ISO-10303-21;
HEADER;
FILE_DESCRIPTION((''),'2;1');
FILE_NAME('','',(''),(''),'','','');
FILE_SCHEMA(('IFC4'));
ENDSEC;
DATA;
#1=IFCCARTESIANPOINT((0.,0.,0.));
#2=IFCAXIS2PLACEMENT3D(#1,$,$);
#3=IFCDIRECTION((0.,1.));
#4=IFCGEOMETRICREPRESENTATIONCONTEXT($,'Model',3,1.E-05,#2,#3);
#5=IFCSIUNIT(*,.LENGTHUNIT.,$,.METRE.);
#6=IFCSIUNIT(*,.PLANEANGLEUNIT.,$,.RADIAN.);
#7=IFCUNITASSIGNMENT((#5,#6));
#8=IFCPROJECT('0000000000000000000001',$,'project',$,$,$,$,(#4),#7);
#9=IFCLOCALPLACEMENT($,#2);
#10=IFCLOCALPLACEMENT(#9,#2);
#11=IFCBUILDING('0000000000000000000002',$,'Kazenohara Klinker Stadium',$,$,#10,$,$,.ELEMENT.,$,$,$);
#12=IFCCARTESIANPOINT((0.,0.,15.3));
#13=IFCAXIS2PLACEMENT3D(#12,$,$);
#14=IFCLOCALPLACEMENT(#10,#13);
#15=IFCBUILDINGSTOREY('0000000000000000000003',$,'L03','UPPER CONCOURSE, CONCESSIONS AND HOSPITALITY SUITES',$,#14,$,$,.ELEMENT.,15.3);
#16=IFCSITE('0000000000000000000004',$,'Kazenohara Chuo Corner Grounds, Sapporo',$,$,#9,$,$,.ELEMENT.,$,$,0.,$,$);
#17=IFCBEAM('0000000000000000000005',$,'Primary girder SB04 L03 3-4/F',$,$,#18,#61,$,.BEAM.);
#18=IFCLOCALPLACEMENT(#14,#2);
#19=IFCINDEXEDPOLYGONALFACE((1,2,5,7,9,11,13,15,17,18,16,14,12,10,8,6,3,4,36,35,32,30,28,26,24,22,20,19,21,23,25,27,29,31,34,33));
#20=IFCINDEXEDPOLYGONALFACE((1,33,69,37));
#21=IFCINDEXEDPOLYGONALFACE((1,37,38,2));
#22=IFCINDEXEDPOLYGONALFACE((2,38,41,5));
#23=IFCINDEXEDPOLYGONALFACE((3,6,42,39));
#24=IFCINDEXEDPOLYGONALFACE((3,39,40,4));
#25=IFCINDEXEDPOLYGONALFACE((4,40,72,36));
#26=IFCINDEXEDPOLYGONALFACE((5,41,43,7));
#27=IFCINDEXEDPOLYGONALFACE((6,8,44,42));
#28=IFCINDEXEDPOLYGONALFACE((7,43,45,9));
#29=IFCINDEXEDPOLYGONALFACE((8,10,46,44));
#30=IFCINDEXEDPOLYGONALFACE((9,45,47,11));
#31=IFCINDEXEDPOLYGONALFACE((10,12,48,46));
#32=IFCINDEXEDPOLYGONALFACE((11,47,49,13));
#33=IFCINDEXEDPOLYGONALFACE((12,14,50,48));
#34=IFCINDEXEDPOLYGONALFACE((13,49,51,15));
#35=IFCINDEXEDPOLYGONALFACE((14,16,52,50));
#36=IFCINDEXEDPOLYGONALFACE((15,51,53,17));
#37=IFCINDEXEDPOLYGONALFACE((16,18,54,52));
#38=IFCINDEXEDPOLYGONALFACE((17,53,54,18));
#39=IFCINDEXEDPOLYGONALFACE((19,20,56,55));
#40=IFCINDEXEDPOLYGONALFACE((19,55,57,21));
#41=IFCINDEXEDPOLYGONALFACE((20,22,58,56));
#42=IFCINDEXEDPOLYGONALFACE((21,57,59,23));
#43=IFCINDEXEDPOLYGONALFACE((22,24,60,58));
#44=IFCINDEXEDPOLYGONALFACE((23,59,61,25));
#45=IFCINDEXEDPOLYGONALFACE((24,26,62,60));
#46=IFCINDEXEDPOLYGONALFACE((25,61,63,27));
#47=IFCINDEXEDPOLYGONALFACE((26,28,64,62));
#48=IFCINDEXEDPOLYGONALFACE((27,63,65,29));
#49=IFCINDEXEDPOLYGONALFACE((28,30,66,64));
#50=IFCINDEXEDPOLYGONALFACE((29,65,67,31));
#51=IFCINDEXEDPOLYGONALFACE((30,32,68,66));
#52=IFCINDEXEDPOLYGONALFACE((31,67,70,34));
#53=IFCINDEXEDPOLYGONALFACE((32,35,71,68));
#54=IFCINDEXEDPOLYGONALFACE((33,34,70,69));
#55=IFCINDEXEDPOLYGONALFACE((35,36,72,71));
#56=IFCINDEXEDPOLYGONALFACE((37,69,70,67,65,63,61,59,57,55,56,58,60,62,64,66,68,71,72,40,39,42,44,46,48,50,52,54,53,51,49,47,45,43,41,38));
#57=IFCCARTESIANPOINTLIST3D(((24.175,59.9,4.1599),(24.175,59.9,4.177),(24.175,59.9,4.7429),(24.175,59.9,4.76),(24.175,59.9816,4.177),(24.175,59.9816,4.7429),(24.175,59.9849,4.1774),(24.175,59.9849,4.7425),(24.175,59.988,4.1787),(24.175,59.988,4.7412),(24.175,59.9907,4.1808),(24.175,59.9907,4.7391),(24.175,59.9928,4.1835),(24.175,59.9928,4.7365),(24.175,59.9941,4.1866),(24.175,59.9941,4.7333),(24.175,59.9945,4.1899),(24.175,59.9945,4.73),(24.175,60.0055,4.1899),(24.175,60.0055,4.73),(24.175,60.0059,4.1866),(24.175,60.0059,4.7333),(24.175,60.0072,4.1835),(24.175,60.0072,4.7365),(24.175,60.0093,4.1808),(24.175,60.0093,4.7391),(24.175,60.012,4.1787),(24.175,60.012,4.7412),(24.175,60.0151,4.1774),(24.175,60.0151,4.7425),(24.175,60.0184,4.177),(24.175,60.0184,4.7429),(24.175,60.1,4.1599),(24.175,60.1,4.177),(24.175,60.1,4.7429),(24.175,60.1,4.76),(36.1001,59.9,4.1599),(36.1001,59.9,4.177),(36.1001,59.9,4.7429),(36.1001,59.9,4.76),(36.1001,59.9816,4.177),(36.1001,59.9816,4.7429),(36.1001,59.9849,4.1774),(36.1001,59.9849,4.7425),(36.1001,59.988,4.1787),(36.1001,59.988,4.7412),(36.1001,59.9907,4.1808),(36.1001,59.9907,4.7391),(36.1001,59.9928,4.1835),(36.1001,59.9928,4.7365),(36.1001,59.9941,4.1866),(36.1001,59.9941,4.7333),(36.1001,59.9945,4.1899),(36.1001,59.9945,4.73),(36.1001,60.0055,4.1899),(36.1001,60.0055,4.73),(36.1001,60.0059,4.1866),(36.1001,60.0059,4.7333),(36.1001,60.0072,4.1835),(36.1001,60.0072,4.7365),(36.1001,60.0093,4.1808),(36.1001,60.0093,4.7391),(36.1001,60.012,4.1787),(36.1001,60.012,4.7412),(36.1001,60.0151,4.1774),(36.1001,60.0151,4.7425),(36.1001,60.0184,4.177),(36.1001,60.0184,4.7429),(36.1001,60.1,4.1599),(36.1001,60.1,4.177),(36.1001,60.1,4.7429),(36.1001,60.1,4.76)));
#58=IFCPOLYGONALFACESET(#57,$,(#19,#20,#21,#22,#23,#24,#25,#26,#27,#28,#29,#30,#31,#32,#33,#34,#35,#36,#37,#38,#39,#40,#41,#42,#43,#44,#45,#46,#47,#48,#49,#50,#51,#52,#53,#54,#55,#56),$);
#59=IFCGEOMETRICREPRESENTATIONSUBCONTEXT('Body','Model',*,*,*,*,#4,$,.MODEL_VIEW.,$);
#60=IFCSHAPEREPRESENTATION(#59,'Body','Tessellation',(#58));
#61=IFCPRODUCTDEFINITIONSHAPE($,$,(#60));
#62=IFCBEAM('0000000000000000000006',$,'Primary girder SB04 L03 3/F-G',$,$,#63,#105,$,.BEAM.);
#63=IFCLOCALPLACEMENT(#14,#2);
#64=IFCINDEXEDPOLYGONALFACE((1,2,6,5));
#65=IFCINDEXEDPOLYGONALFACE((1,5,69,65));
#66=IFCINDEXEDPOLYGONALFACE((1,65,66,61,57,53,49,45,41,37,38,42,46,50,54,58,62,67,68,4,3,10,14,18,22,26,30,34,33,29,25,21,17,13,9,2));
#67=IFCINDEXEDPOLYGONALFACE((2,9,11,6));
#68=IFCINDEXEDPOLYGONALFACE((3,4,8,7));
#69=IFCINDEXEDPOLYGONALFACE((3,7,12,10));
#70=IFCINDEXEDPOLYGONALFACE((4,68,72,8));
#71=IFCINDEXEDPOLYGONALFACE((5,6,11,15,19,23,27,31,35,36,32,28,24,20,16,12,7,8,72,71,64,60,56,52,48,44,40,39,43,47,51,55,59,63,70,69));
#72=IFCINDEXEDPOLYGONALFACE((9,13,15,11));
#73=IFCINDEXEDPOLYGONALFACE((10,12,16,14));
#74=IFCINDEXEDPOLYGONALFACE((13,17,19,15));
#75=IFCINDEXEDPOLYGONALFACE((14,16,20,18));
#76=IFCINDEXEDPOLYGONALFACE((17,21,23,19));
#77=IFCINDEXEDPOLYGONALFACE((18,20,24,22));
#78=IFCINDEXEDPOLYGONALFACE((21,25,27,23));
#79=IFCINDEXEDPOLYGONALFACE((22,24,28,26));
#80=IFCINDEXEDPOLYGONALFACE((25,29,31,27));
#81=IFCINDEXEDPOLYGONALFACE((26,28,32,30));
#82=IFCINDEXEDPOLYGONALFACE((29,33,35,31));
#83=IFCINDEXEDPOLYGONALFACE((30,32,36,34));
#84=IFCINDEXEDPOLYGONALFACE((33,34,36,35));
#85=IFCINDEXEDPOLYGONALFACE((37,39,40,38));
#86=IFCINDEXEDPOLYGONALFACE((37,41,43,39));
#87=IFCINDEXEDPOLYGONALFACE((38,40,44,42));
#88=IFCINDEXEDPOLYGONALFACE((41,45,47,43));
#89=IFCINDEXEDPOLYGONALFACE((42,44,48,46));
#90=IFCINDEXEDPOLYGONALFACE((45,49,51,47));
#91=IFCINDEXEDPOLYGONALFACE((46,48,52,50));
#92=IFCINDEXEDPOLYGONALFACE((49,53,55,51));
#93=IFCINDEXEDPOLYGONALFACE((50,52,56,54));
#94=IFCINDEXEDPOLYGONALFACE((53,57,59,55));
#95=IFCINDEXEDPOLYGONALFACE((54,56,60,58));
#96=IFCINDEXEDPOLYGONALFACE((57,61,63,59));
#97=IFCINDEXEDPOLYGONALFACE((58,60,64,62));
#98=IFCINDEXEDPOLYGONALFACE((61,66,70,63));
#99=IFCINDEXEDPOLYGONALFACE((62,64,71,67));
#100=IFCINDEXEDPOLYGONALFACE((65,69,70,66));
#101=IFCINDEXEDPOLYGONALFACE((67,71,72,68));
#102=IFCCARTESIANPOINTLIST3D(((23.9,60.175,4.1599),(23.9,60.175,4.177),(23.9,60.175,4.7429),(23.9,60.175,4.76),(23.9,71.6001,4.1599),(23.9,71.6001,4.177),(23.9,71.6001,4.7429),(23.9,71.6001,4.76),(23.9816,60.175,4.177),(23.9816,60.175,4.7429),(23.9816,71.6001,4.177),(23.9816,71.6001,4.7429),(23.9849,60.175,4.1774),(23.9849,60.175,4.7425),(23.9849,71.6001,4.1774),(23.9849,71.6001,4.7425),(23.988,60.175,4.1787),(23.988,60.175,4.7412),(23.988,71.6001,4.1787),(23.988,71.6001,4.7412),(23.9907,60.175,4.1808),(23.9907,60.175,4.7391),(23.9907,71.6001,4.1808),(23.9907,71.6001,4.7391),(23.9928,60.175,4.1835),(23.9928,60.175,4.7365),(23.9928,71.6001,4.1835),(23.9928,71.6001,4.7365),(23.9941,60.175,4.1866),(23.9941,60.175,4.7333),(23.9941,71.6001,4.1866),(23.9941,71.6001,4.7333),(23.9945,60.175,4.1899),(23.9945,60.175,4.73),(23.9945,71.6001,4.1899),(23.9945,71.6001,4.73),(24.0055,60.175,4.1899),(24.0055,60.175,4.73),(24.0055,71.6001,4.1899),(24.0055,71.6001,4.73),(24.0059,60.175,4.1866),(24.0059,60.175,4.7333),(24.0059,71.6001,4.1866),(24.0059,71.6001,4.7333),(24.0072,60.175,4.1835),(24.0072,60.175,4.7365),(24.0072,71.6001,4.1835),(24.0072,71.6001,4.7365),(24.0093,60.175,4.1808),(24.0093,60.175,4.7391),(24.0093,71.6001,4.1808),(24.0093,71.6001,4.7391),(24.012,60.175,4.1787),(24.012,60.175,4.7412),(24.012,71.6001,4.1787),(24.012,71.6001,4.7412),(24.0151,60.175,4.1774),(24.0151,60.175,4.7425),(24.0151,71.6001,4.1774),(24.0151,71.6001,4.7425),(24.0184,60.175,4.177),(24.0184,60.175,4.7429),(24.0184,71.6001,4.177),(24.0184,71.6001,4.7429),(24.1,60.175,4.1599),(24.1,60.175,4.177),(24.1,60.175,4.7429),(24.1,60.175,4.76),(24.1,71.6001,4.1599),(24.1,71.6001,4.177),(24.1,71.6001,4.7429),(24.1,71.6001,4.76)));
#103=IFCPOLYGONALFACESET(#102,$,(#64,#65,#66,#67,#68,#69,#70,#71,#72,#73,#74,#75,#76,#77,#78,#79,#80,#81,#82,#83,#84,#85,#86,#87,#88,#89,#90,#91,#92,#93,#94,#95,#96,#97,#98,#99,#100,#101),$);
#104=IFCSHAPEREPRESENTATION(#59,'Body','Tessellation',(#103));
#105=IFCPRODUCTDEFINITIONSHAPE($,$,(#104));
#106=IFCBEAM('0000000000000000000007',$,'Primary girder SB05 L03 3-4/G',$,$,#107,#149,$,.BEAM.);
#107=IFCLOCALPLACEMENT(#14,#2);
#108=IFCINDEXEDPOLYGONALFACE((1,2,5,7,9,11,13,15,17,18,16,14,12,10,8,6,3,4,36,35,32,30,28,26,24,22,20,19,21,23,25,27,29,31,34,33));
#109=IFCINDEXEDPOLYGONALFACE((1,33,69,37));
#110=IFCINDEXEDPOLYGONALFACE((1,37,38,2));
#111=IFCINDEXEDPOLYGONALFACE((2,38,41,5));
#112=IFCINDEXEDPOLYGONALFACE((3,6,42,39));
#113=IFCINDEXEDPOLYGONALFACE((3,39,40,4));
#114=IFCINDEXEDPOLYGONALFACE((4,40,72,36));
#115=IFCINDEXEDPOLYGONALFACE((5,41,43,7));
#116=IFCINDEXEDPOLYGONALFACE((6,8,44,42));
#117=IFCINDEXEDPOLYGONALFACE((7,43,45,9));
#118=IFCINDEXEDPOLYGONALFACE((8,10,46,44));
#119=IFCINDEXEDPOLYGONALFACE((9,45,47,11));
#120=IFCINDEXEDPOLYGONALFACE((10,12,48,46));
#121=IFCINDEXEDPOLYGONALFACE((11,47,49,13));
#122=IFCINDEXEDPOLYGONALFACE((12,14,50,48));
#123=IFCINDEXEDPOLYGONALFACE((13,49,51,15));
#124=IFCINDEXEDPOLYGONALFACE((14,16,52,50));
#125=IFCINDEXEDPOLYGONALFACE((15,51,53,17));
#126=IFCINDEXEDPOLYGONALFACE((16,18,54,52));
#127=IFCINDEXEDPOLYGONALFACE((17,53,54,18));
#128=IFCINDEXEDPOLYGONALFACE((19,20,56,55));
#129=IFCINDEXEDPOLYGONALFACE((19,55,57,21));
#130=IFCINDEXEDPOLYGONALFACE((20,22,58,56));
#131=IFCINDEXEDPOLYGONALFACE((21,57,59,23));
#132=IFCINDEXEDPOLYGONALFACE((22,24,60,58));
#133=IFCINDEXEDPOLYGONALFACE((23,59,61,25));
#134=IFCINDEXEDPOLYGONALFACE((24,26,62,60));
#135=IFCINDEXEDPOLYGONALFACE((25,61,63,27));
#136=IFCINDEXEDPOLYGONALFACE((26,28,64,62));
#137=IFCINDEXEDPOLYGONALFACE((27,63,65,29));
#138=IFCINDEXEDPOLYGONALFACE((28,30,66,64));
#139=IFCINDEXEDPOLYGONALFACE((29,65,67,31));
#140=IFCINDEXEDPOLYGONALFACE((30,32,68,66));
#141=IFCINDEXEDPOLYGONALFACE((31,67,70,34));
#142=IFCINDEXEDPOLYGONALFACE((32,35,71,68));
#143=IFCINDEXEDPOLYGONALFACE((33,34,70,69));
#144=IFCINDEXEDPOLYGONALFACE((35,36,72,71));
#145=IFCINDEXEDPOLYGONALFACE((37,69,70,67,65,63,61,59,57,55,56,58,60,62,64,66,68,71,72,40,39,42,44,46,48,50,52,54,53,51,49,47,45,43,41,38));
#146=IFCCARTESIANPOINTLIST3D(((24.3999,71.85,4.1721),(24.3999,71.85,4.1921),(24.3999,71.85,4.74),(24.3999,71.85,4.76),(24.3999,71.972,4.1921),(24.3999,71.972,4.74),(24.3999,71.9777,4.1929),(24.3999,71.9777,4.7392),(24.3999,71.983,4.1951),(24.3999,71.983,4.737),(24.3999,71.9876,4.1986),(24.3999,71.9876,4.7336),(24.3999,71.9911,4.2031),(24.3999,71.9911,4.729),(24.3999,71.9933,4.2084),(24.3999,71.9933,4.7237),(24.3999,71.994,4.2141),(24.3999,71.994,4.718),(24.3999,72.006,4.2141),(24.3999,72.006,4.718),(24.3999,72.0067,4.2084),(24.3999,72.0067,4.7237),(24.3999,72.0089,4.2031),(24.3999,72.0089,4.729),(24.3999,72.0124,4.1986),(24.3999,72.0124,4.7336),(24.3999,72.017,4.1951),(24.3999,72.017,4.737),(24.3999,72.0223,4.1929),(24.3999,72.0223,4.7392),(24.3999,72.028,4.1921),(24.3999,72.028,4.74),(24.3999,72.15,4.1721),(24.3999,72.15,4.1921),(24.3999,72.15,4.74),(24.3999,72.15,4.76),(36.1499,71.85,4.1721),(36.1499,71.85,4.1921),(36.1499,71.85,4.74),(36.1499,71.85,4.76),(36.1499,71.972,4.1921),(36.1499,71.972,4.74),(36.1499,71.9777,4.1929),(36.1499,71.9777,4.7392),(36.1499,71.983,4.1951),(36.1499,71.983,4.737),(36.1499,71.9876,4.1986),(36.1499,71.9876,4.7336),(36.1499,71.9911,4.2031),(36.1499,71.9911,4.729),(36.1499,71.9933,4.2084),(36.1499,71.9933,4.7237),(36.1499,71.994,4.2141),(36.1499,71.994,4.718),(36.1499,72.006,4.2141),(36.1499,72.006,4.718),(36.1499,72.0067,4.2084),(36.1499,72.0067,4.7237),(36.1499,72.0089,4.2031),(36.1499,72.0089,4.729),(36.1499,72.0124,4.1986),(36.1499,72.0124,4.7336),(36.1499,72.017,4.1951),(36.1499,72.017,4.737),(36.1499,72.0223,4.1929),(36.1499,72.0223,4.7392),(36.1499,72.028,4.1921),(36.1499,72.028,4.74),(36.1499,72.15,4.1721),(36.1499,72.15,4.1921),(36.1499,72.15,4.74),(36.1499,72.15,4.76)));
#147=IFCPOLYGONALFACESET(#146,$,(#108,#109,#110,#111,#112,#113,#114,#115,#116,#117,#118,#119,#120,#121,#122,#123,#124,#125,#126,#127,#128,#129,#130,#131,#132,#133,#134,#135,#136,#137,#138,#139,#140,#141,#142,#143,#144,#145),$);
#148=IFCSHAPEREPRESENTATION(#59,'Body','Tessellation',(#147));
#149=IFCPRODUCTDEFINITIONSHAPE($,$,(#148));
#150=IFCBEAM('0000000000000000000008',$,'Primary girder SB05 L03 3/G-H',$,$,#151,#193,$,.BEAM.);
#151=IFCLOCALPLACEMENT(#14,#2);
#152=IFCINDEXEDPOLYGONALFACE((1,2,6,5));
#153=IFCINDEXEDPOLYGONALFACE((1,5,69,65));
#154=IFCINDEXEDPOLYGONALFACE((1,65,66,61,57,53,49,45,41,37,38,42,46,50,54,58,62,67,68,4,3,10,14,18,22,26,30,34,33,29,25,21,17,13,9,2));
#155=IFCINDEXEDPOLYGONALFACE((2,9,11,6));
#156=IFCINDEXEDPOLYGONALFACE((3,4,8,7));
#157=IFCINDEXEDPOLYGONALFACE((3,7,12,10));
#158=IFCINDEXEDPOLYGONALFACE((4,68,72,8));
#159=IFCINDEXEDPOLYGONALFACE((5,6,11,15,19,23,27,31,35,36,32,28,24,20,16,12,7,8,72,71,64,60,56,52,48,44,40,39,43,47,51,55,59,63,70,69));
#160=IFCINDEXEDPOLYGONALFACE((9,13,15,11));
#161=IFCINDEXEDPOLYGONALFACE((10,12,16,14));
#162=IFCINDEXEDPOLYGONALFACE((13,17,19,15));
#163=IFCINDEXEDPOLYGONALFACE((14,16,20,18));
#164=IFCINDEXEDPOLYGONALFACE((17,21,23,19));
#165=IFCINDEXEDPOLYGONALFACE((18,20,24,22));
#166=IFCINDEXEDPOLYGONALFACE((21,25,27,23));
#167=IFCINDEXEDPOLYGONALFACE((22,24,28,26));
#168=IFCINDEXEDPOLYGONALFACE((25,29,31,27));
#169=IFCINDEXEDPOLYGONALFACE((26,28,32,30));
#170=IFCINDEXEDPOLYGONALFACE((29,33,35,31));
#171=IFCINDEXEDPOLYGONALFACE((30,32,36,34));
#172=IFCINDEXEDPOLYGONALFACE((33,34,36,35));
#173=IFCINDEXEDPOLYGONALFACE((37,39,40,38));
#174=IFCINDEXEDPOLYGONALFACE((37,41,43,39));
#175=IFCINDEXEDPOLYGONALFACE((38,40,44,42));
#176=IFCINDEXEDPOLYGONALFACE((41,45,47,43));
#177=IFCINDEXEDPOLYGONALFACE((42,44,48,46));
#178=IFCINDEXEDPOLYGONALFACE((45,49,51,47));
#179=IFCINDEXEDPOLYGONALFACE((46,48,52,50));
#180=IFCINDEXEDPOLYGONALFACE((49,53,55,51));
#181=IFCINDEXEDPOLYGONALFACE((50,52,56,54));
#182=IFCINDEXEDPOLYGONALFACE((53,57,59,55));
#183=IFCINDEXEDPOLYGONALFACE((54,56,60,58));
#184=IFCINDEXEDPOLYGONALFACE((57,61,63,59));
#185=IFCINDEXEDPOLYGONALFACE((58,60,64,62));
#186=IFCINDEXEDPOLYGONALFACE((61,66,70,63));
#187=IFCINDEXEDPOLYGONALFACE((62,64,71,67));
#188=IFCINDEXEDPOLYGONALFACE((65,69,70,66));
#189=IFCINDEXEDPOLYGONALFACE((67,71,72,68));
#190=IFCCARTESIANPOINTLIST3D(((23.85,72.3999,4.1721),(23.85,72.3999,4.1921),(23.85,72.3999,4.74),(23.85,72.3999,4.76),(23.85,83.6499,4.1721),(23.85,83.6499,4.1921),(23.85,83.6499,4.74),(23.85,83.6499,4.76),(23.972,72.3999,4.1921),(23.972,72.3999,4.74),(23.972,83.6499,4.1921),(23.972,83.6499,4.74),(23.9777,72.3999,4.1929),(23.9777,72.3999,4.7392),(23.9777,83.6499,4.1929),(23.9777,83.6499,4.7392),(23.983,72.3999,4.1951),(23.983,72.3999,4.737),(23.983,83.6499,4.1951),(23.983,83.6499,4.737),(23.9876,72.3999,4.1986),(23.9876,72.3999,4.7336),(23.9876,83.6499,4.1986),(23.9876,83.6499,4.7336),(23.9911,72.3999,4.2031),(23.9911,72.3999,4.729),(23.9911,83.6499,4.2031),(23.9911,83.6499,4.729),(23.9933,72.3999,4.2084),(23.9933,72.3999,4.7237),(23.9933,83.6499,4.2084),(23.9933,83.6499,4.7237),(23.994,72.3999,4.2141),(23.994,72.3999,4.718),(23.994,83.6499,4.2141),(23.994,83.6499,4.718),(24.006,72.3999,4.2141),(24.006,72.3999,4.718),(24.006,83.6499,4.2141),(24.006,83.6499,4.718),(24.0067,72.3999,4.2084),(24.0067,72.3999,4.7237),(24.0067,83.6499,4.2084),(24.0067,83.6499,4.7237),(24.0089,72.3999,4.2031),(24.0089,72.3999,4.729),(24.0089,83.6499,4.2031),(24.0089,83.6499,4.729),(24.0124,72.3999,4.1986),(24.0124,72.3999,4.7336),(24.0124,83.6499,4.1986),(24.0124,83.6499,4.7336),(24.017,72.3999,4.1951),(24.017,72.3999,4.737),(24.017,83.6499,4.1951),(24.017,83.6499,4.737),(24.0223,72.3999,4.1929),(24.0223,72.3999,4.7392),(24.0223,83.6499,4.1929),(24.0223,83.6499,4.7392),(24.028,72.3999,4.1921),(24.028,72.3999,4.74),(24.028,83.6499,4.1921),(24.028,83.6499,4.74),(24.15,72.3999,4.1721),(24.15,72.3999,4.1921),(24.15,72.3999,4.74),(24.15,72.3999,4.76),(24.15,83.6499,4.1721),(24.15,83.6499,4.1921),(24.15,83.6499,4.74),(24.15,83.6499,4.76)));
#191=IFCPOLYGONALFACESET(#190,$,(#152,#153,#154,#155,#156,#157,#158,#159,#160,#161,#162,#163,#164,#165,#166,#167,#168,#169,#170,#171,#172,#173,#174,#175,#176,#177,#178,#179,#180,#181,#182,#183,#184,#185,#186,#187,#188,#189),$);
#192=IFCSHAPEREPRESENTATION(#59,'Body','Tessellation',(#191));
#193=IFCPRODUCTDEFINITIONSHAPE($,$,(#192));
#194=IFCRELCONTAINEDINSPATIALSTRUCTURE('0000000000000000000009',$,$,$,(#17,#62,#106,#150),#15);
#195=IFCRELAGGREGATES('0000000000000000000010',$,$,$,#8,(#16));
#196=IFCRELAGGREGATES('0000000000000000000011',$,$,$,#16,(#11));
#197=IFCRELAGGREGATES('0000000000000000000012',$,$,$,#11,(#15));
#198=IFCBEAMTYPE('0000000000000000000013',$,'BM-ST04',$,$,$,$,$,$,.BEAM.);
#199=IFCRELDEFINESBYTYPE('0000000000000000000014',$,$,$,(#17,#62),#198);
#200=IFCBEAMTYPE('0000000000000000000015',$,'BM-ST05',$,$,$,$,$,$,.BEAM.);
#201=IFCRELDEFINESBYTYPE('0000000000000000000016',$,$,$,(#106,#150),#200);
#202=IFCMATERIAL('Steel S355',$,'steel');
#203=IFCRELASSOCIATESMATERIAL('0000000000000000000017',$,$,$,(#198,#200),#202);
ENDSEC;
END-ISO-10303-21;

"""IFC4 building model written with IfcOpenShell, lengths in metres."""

from ifc_helpers import new_model, si_unit, direction, frame, origin, origin_2d, place, context, subcontext, project, spatial, i_section, extrude, material, material_profile, profile_set, type_object, element, save


model = new_model("IFC4")

# Units and contexts
model_context = context("Model", 3, precision=1e-05, world=origin(), true_north=direction((0.0, 1.0)))
body_context = subcontext(model_context, "Body", "Model", "MODEL_VIEW")
ifc_project = project(units=[si_unit("LENGTHUNIT", "METRE"), si_unit("PLANEANGLEUNIT", "RADIAN")], contexts=[model_context])

# Site, building, storey
site_placement = place(None, origin())
site = spatial("IfcSite", under=ifc_project, at=site_placement, Name="Kazenohara Chuo Corner Grounds, Sapporo", CompositionType="ELEMENT", RefElevation=0.0)
building_placement = place(site_placement, origin())
building = spatial("IfcBuilding", under=site, at=building_placement, Name="Kazenohara Klinker Stadium", CompositionType="ELEMENT")
storey_placement = place(building_placement, frame((0.0, 0.0, 15.3)))
storey = spatial("IfcBuildingStorey", under=building, at=storey_placement, Name="L03", Description="UPPER CONCOURSE, CONCESSIONS AND HOSPITALITY SUITES", CompositionType="ELEMENT", Elevation=15.3)

# Shared definitions
ifc_material_1 = material(Name="Steel S355", Category="steel")

# Beams
ifc_material_profile_1 = material_profile(ifc_material_1, i_section(OverallWidth=0.2, OverallDepth=0.6001, WebThickness=0.011, FlangeThickness=0.0171, FilletRadius=0.0129, at=origin_2d()), Name="H-600x200x11x17")
ifc_profile_set_1 = profile_set([ifc_material_profile_1], Name="Steel S355")
beam_type_1 = type_object("IfcBeamType", Name="BM-ST04", PredefinedType="BEAM", material=ifc_profile_set_1)
beam_1_placement = place(storey_placement, frame((24.175, 60.0, 4.46), z_axis=(1.0, 0.0, 0.0), x_axis=(0.0, 1.0, 0.0)))
element("IfcBeam", 1, at=beam_1_placement, inside=storey, type_object=beam_type_1, Name="Primary girder SB04 L03 3-4/F", PredefinedType="BEAM", context=body_context, shape_type="SweptSolid", body=[
    extrude(i_section(OverallWidth=0.2, OverallDepth=0.6001, WebThickness=0.011, FlangeThickness=0.0171, FilletRadius=0.0129, at=origin_2d()), origin(), (0.0, 0.0, 1.0), 11.925),
])
beam_2_placement = place(storey_placement, frame((24.0, 60.175, 4.46), z_axis=(0.0, 1.0, 0.0), x_axis=(-1.0, 0.0, 0.0)))
element("IfcBeam", 2, at=beam_2_placement, inside=storey, type_object=beam_type_1, Name="Primary girder SB04 L03 3/F-G", PredefinedType="BEAM", context=body_context, shape_type="SweptSolid", body=[
    extrude(i_section(OverallWidth=0.2, OverallDepth=0.6001, WebThickness=0.011, FlangeThickness=0.0171, FilletRadius=0.0129, at=origin_2d()), origin(), (0.0, 0.0, 1.0), 11.425),
])
ifc_material_profile_2 = material_profile(ifc_material_1, i_section(OverallWidth=0.3, OverallDepth=0.5879, WebThickness=0.012, FlangeThickness=0.02, FilletRadius=0.022, at=origin_2d()), Name="H-588x300x12x20")
ifc_profile_set_2 = profile_set([ifc_material_profile_2], Name="Steel S355")
beam_type_2 = type_object("IfcBeamType", Name="BM-ST05", PredefinedType="BEAM", material=ifc_profile_set_2)
beam_3_placement = place(storey_placement, frame((24.3999, 72.0, 4.4661), z_axis=(1.0, 0.0, 0.0), x_axis=(0.0, 1.0, 0.0)))
element("IfcBeam", 3, at=beam_3_placement, inside=storey, type_object=beam_type_2, Name="Primary girder SB05 L03 3-4/G", PredefinedType="BEAM", context=body_context, shape_type="SweptSolid", body=[
    extrude(i_section(OverallWidth=0.3, OverallDepth=0.5879, WebThickness=0.012, FlangeThickness=0.02, FilletRadius=0.022, at=origin_2d()), origin(), (0.0, 0.0, 1.0), 11.75),
])
for number, where, z_axis, x_axis, name in (
    (4, (24.0, 72.3999, 4.4661), (0.0, 1.0, 0.0), (-1.0, 0.0, 0.0), "Primary girder SB05 L03 3/G-H"),
):
    element("IfcBeam", number, at=place(storey_placement, frame(where, z_axis=z_axis, x_axis=x_axis)), inside=storey, type_object=beam_type_2, Name=name, PredefinedType="BEAM", context=body_context, shape_type="SweptSolid", body=[
        extrude(i_section(OverallWidth=0.3, OverallDepth=0.5879, WebThickness=0.012, FlangeThickness=0.02, FilletRadius=0.022, at=origin_2d()), origin(), (0.0, 0.0, 1.0), 11.25),
    ])

save(model, "model.ifc")
